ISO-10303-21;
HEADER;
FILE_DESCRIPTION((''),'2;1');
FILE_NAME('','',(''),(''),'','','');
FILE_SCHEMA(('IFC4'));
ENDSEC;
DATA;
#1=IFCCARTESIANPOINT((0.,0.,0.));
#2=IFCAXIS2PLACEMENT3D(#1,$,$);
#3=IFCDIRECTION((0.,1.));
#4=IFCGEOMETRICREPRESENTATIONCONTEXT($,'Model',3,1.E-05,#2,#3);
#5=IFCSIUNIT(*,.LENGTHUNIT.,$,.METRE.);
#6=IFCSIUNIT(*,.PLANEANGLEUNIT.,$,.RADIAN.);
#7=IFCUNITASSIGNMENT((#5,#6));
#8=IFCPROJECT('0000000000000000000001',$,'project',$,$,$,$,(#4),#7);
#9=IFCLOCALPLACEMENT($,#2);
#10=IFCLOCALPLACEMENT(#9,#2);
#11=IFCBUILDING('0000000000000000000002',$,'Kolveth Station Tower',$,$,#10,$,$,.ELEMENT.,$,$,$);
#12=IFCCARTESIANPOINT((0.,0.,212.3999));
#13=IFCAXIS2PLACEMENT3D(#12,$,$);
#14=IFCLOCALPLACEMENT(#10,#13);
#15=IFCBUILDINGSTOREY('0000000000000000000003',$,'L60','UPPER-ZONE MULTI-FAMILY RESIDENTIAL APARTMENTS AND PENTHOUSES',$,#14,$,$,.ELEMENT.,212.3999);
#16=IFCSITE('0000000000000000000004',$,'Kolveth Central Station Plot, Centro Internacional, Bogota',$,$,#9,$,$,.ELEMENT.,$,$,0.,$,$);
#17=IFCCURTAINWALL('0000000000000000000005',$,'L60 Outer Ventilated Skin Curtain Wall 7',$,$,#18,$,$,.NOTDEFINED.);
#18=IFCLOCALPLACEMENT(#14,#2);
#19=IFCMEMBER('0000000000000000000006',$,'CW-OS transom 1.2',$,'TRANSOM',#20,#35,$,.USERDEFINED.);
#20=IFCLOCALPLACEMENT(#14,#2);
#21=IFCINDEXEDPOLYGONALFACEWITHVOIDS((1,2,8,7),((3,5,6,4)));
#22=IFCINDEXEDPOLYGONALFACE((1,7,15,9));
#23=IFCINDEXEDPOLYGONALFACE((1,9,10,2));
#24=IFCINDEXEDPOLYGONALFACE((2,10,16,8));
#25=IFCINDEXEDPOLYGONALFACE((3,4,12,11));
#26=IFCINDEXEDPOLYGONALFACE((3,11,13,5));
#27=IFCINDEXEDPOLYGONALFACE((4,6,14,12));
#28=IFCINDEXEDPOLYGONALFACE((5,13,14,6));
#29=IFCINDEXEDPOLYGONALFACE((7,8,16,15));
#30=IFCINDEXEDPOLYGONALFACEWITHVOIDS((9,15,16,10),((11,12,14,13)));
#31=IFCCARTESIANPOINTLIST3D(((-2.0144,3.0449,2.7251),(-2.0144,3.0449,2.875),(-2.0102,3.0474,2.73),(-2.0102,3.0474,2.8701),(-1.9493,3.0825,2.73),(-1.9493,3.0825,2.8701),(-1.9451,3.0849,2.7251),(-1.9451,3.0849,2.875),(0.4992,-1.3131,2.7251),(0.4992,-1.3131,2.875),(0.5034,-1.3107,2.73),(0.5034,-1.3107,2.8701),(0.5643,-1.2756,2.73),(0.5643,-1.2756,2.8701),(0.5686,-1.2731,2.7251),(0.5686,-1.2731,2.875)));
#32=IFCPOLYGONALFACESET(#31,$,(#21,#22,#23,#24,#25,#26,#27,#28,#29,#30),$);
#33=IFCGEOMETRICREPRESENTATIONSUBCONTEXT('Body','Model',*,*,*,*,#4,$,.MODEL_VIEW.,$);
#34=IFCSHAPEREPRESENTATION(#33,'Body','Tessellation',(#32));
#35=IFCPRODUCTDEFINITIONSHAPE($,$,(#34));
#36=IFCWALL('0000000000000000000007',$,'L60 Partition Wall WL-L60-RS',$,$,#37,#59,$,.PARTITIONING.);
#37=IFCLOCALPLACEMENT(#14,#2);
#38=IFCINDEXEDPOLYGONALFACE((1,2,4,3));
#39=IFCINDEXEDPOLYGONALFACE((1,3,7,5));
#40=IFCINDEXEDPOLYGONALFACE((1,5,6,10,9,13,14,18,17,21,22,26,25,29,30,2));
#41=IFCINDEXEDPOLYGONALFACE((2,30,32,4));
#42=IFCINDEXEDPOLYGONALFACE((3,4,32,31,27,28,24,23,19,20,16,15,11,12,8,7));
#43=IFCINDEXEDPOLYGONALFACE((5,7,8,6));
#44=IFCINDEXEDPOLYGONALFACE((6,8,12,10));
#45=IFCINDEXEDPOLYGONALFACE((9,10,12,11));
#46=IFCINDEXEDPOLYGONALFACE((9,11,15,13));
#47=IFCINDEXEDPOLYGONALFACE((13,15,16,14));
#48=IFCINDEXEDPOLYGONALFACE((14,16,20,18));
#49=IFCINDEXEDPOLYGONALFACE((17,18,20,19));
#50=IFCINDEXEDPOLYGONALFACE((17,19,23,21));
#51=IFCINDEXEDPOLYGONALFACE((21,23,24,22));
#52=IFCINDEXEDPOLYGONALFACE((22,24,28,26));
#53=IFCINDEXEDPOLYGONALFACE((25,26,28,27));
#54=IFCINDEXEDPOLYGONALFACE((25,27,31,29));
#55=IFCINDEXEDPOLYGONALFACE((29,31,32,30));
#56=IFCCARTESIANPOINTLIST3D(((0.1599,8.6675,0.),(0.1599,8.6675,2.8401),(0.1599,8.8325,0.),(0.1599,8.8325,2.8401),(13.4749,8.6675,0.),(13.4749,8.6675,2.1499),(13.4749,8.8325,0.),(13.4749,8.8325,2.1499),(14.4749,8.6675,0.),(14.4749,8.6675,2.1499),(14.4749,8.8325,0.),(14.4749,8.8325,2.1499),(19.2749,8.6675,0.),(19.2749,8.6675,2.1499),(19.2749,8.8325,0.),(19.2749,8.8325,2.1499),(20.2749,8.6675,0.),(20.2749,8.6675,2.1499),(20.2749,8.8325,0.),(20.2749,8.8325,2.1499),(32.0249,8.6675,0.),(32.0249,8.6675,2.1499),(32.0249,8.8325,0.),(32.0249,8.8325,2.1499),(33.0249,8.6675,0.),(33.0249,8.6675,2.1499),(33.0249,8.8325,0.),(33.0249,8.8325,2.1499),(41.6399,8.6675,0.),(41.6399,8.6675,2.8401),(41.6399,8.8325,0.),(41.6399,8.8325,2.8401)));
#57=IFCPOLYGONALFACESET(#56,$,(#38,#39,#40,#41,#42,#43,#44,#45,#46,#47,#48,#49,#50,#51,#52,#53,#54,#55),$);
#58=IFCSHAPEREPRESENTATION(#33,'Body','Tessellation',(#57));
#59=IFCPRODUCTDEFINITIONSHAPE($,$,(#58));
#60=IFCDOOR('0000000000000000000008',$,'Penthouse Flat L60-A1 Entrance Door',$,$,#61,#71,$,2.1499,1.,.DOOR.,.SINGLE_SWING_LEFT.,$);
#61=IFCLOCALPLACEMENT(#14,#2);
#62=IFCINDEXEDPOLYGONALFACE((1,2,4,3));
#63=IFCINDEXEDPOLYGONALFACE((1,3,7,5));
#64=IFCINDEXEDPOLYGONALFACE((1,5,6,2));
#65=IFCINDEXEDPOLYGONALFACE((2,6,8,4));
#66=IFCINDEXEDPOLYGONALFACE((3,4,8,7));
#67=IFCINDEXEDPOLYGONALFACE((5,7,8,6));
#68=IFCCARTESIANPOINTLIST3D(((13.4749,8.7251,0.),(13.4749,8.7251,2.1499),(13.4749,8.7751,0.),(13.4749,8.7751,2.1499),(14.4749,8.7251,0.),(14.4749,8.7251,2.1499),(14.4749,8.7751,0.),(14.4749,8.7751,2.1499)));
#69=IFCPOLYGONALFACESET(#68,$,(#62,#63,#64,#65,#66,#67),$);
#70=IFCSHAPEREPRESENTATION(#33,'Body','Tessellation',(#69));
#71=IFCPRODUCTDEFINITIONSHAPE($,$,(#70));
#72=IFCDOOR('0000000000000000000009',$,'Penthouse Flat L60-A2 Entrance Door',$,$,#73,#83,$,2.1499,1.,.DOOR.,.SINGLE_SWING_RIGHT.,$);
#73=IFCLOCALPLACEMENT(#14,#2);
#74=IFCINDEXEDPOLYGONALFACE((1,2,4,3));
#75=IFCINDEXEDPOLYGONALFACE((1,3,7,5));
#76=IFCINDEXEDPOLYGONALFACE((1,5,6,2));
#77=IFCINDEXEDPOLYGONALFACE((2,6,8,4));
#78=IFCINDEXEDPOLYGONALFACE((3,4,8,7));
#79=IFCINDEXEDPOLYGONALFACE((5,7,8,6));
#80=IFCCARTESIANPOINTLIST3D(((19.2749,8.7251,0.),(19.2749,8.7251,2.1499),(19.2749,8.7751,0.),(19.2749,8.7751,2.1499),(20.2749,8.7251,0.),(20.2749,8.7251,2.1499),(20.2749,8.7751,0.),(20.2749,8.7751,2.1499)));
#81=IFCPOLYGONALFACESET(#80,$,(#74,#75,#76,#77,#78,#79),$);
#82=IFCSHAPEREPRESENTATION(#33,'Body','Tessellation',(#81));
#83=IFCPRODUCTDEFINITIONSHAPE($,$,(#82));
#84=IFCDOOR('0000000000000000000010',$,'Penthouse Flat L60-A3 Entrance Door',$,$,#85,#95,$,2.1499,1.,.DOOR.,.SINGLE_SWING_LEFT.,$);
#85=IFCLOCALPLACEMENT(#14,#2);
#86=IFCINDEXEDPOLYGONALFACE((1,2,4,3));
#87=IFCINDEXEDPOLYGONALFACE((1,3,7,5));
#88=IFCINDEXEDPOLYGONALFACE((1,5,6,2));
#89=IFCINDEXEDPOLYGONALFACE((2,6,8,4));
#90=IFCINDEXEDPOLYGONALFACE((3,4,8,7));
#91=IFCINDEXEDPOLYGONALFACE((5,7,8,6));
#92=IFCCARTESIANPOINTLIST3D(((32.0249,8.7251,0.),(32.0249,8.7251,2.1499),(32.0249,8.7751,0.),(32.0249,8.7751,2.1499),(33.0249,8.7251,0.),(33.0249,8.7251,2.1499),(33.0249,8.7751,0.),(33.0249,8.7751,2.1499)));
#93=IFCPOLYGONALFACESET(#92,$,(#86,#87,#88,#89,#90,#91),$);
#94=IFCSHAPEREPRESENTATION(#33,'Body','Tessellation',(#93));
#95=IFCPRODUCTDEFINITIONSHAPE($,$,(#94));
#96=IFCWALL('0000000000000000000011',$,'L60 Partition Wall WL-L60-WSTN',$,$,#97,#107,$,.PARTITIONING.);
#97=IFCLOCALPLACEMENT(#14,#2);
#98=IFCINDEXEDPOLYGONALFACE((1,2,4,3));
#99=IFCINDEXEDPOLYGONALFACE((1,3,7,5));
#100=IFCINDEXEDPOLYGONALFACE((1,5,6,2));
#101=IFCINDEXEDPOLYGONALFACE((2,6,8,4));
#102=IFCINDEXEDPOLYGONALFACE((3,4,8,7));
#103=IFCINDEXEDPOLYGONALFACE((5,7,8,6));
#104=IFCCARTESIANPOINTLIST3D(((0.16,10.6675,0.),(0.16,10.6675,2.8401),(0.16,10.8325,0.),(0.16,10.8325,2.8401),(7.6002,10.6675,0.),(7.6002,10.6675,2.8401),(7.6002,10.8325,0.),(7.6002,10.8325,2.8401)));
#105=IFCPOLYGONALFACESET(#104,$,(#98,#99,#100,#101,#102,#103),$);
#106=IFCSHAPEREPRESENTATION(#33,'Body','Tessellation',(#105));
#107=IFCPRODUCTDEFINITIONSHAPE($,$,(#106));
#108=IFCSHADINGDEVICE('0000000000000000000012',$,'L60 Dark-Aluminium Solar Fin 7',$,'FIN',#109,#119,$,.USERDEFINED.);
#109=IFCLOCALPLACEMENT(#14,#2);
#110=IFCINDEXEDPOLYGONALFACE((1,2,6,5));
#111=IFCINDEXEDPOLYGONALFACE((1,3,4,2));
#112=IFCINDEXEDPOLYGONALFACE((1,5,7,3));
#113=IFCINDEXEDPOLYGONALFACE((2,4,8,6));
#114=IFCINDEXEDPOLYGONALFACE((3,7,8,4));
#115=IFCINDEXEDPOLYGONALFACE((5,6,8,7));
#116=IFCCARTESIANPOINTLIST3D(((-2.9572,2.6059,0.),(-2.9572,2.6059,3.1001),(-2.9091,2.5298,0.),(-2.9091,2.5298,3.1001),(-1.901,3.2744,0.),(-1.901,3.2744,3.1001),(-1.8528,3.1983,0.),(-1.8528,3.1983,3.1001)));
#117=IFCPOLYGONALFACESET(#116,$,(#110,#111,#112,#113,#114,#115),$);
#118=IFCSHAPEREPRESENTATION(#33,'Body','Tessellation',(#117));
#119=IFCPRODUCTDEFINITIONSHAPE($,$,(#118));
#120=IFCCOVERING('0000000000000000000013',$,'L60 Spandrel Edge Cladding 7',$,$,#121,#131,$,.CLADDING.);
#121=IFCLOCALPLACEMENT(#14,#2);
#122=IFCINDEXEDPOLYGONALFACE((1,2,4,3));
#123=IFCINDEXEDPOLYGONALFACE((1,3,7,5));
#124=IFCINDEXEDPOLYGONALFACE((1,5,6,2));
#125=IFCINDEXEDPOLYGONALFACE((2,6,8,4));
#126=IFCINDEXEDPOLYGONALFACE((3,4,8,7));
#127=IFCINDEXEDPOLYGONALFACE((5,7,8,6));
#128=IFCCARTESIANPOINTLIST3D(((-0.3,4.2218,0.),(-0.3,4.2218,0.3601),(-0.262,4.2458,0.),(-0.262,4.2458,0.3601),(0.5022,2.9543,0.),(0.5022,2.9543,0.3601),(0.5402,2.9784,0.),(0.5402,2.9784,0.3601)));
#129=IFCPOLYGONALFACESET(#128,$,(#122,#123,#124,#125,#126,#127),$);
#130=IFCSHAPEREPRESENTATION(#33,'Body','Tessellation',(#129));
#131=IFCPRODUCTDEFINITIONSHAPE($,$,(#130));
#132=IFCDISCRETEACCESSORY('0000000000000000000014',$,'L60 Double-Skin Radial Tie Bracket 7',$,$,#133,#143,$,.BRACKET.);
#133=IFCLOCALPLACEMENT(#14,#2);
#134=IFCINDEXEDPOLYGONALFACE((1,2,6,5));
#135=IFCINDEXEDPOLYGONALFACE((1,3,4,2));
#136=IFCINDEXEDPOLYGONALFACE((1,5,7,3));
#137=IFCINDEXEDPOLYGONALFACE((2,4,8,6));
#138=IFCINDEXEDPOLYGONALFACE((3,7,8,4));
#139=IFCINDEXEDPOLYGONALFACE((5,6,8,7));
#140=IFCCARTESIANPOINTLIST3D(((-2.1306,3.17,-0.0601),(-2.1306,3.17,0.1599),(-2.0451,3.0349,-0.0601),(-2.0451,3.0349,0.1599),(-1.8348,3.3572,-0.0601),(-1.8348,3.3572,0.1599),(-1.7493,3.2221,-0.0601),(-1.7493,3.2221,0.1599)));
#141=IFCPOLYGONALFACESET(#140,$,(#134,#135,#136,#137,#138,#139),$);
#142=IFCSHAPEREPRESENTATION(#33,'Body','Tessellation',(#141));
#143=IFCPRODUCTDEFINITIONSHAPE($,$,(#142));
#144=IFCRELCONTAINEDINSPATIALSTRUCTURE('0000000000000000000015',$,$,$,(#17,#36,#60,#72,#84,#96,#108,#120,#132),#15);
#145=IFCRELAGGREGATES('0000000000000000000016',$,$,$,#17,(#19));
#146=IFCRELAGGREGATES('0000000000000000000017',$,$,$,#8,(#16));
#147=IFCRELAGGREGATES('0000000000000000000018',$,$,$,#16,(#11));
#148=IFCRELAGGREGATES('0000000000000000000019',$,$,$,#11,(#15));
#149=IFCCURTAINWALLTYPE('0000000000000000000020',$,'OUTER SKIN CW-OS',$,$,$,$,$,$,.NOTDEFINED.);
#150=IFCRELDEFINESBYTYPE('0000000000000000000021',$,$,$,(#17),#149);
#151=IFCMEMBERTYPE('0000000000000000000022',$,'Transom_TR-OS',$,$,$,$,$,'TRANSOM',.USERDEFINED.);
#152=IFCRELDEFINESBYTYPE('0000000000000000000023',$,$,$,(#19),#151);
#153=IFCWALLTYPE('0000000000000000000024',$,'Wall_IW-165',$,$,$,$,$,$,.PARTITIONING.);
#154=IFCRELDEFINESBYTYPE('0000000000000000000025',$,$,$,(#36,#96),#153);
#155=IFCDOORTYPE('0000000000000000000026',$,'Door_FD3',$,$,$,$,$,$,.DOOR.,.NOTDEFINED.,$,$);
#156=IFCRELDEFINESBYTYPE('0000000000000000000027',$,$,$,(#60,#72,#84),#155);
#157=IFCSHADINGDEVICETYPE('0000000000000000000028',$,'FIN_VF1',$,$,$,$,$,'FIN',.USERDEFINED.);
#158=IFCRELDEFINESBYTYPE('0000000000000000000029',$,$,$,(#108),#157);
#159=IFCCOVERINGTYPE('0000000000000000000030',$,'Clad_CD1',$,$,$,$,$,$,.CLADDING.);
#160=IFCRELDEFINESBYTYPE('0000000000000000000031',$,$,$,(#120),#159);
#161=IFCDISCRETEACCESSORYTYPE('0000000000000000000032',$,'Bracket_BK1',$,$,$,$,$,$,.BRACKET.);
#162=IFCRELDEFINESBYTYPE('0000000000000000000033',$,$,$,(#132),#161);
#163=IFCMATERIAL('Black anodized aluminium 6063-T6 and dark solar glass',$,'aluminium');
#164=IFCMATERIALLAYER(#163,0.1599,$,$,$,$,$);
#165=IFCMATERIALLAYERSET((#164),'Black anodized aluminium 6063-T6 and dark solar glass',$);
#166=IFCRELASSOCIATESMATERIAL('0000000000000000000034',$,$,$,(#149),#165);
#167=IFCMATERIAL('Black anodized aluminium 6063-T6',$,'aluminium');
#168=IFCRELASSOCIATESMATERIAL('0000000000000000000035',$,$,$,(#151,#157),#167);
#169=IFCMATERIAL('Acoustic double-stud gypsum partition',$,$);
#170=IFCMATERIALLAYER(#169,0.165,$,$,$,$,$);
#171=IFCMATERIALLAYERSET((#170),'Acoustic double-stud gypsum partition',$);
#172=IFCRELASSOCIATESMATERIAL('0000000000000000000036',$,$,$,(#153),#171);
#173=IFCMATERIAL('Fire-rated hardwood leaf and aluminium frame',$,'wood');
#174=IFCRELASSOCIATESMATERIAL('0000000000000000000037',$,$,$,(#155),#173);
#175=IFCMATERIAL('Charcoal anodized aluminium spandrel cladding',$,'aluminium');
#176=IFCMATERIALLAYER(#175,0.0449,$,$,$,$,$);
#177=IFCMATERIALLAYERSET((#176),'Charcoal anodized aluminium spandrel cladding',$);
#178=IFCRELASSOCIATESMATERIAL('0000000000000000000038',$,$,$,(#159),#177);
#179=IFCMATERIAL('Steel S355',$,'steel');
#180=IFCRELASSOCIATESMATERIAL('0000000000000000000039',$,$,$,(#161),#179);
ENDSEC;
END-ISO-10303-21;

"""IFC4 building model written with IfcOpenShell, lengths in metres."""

from ifc_helpers import new_model, si_unit, direction, frame, frame_2d, origin, origin_2d, place, context, subcontext, project, spatial, rectangle, hollow_rectangle, extrude, source, transform, mapped, material, layer, layer_set, material_profile, profile_set, type_object, element, fill, aggregate, save


model = new_model("IFC4")

# Units and contexts
model_context = context("Model", 3, precision=1e-05, world=origin(), true_north=direction((0.0, 1.0)))
body_context = subcontext(model_context, "Body", "Model", "MODEL_VIEW")
ifc_project = project(units=[si_unit("LENGTHUNIT", "METRE"), si_unit("PLANEANGLEUNIT", "RADIAN")], contexts=[model_context])

# Site, building, storey
site_placement = place(None, origin())
site = spatial("IfcSite", under=ifc_project, at=site_placement, Name="Kolveth Central Station Plot, Centro Internacional, Bogota", CompositionType="ELEMENT", RefElevation=0.0)
building_placement = place(site_placement, origin())
building = spatial("IfcBuilding", under=site, at=building_placement, Name="Kolveth Station Tower", CompositionType="ELEMENT")
storey_placement = place(building_placement, frame((0.0, 0.0, 212.3999)))
storey = spatial("IfcBuildingStorey", under=building, at=storey_placement, Name="L60", Description="UPPER-ZONE MULTI-FAMILY RESIDENTIAL APARTMENTS AND PENTHOUSES", CompositionType="ELEMENT", Elevation=212.3999)

# Shared definitions
ifc_material_1 = material(Name="Steel S355", Category="steel")

# Curtain wall
ifc_material_2 = material(Name="Black anodized aluminium 6063-T6", Category="aluminium")
ifc_material_3 = material(Name="Black anodized aluminium 6063-T6 and dark solar glass", Category="aluminium")
ifc_layer_1 = layer(ifc_material_3, 0.1599)
ifc_layer_set_1 = layer_set([ifc_layer_1], Name="Black anodized aluminium 6063-T6 and dark solar glass")
curtain_wall_type_1 = type_object("IfcCurtainWallType", Name="OUTER SKIN CW-OS", PredefinedType="NOTDEFINED", material=ifc_layer_set_1)
curtain_wall_1_placement = place(storey_placement, origin())
curtain_wall_1 = element("IfcCurtainWall", 1, at=curtain_wall_1_placement, inside=storey, type_object=curtain_wall_type_1, Name="L60 Outer Ventilated Skin Curtain Wall 7", PredefinedType="NOTDEFINED")

# Member
ifc_material_profile_1 = material_profile(ifc_material_2, hollow_rectangle(XDim=0.0801, YDim=0.1499, WallThickness=0.0049, at=origin_2d()), Name="ALU-80x150x5")
ifc_profile_set_1 = profile_set([ifc_material_profile_1], Name="Black anodized aluminium 6063-T6")
member_type_1 = type_object("IfcMemberType", Name="Transom_TR-OS", ElementType="TRANSOM", PredefinedType="USERDEFINED", material=ifc_profile_set_1)
shared_shape_1 = source(origin(), body_context, "Body", "SweptSolid", [
    extrude(hollow_rectangle(XDim=0.0801, YDim=0.1499, WallThickness=0.0049, at=origin_2d()), origin(), (0.0, 0.0, 1.0), 5.031),
])
member_1_placement = place(storey_placement, frame((-1.9797, 3.0649, 2.8), z_axis=(0.499626, -0.866241, 0.0), x_axis=(0.866241, 0.499626, 0.0)))
member_1 = element("IfcMember", 2, at=member_1_placement, type_object=member_type_1, Name="CW-OS transom 1.2", ObjectType="TRANSOM", PredefinedType="USERDEFINED", context=body_context, shape_type="MappedRepresentation", body=[
    mapped(shared_shape_1, transform((0.0, 0.0, 0.0), x_axis=(1.0, 0.0, 0.0), y_axis=(0.0, 1.0, 0.0), z_axis=(0.0, 0.0, 1.0), scale=1.0)),
])
aggregate(curtain_wall_1, [member_1])

# Wall, openings, doors
ifc_material_4 = material(Name="Acoustic double-stud gypsum partition")
ifc_layer_2 = layer(ifc_material_4, 0.165)
ifc_layer_set_2 = layer_set([ifc_layer_2], Name="Acoustic double-stud gypsum partition")
wall_type = type_object("IfcWallType", Name="Wall_IW-165", PredefinedType="PARTITIONING", material=ifc_layer_set_2)
wall_1_placement = place(storey_placement, frame((0.1599, 8.75, 0.0), z_axis=(0.0, 0.0, 1.0), x_axis=(1.0, 0.0, 0.0)))
wall_1 = element("IfcWall", 3, at=wall_1_placement, inside=storey, type_object=wall_type, Name="L60 Partition Wall WL-L60-RS", PredefinedType="PARTITIONING", context=body_context, shape_type="SweptSolid", body=[
    extrude(rectangle(XDim=41.48, YDim=0.165, at=frame_2d((20.74, 0.0))), origin(), (0.0, 0.0, 1.0), 2.8401),
])
opening_1_placement = place(wall_1_placement, frame((13.3149, 0.0, 0.0)))
opening_1 = element("IfcOpeningElement", 4, at=opening_1_placement, cuts=wall_1, PredefinedType="OPENING", context=body_context, shape_type="SweptSolid", body=[
    extrude(rectangle(XDim=1.0, YDim=2.1499, at=frame_2d((0.5, 1.075))), frame((0.0, 0.0925, 0.0), z_axis=(0.0, -1.0, 0.0), x_axis=(1.0, 0.0, 0.0)), (0.0, 0.0, 1.0), 0.1851),
])
opening_2_placement = place(wall_1_placement, frame((19.115, 0.0, 0.0)))
opening_2 = element("IfcOpeningElement", 5, at=opening_2_placement, cuts=wall_1, PredefinedType="OPENING", context=body_context, shape_type="SweptSolid", body=[
    extrude(rectangle(XDim=1.0, YDim=2.1499, at=frame_2d((0.5, 1.075))), frame((0.0, 0.0925, 0.0), z_axis=(0.0, -1.0, 0.0), x_axis=(1.0, 0.0, 0.0)), (0.0, 0.0, 1.0), 0.1851),
])
opening_3_placement = place(wall_1_placement, frame((31.865, 0.0, 0.0)))
opening_3 = element("IfcOpeningElement", 6, at=opening_3_placement, cuts=wall_1, PredefinedType="OPENING", context=body_context, shape_type="SweptSolid", body=[
    extrude(rectangle(XDim=1.0, YDim=2.1499, at=frame_2d((0.5, 1.075))), frame((0.0, 0.0925, 0.0), z_axis=(0.0, -1.0, 0.0), x_axis=(1.0, 0.0, 0.0)), (0.0, 0.0, 1.0), 0.1851),
])
ifc_material_5 = material(Name="Fire-rated hardwood leaf and aluminium frame", Category="wood")
door_type = type_object("IfcDoorType", Name="Door_FD3", OperationType="NOTDEFINED", PredefinedType="DOOR", material=ifc_material_5)
door_1_placement = place(opening_1_placement, frame((1.0, 0.0, 0.0), z_axis=(0.0, 0.0, 1.0), x_axis=(-1.0, 0.0, 0.0)))
door_1 = element("IfcDoor", 7, at=door_1_placement, inside=storey, type_object=door_type, Name="Penthouse Flat L60-A1 Entrance Door", OperationType="SINGLE_SWING_LEFT", OverallHeight=2.1499, OverallWidth=1.0, PredefinedType="DOOR", context=body_context, shape_type="SweptSolid", body=[
    extrude(rectangle(XDim=1.0, YDim=2.1499, at=frame_2d((0.5, 1.075))), frame((0.0, 0.0249, 0.0), z_axis=(0.0, -1.0, 0.0), x_axis=(1.0, 0.0, 0.0)), (0.0, 0.0, 1.0), 0.05),
])
fill(opening_1, door_1)
door_2_placement = place(opening_2_placement, frame((1.0, 0.0, 0.0), z_axis=(0.0, 0.0, 1.0), x_axis=(-1.0, 0.0, 0.0)))
door_2 = element("IfcDoor", 8, at=door_2_placement, inside=storey, type_object=door_type, Name="Penthouse Flat L60-A2 Entrance Door", OperationType="SINGLE_SWING_RIGHT", OverallHeight=2.1499, OverallWidth=1.0, PredefinedType="DOOR", context=body_context, shape_type="SweptSolid", body=[
    extrude(rectangle(XDim=1.0, YDim=2.1499, at=frame_2d((0.5, 1.075))), frame((0.0, 0.0249, 0.0), z_axis=(0.0, -1.0, 0.0), x_axis=(1.0, 0.0, 0.0)), (0.0, 0.0, 1.0), 0.05),
])
fill(opening_2, door_2)
door_3_placement = place(opening_3_placement, frame((1.0, 0.0, 0.0), z_axis=(0.0, 0.0, 1.0), x_axis=(-1.0, 0.0, 0.0)))
door_3 = element("IfcDoor", 9, at=door_3_placement, inside=storey, type_object=door_type, Name="Penthouse Flat L60-A3 Entrance Door", OperationType="SINGLE_SWING_LEFT", OverallHeight=2.1499, OverallWidth=1.0, PredefinedType="DOOR", context=body_context, shape_type="SweptSolid", body=[
    extrude(rectangle(XDim=1.0, YDim=2.1499, at=frame_2d((0.5, 1.075))), frame((0.0, 0.0249, 0.0), z_axis=(0.0, -1.0, 0.0), x_axis=(1.0, 0.0, 0.0)), (0.0, 0.0, 1.0), 0.05),
])
fill(opening_3, door_3)

# Wall
wall_2_placement = place(storey_placement, frame((0.1599, 10.75, 0.0), z_axis=(0.0, 0.0, 1.0), x_axis=(1.0, 0.0, 0.0)))
element("IfcWall", 10, at=wall_2_placement, inside=storey, type_object=wall_type, Name="L60 Partition Wall WL-L60-WSTN", PredefinedType="PARTITIONING", context=body_context, shape_type="SweptSolid", body=[
    extrude(rectangle(XDim=7.4402, YDim=0.165, at=frame_2d((3.7202, 0.0))), origin(), (0.0, 0.0, 1.0), 2.8401),
])

# Shading device
shading_device_type = type_object("IfcShadingDeviceType", Name="FIN_VF1", ElementType="FIN", PredefinedType="USERDEFINED", material=ifc_material_2)
shared_shape_2 = source(origin(), body_context, "Body", "SweptSolid", [
    extrude(rectangle(XDim=1.25, YDim=0.0901, at=origin_2d()), origin(), (0.0, 0.0, 1.0), 3.1001),
])
shading_device_placement = place(storey_placement, frame((-2.405, 2.9021, 0.0), z_axis=(0.0, 0.0, 1.0), x_axis=(-0.844982, -0.534795, 0.0)))
element("IfcShadingDevice", 11, at=shading_device_placement, inside=storey, type_object=shading_device_type, Name="L60 Dark-Aluminium Solar Fin 7", ObjectType="FIN", PredefinedType="USERDEFINED", context=body_context, shape_type="MappedRepresentation", body=[
    mapped(shared_shape_2, transform((0.0, 0.0, 0.0), x_axis=(1.0, 0.0, 0.0), y_axis=(0.0, 1.0, 0.0), z_axis=(0.0, 0.0, 1.0), scale=1.0)),
])

# Covering
ifc_material_6 = material(Name="Charcoal anodized aluminium spandrel cladding", Category="aluminium")
ifc_layer_3 = layer(ifc_material_6, 0.0449)
ifc_layer_set_3 = layer_set([ifc_layer_3], Name="Charcoal anodized aluminium spandrel cladding")
covering_type = type_object("IfcCoveringType", Name="Clad_CD1", PredefinedType="CLADDING", material=ifc_layer_set_3)
shared_shape_3 = source(origin(), body_context, "Body", "SweptSolid", [
    extrude(rectangle(XDim=1.5, YDim=0.0449, at=origin_2d()), origin(), (0.0, 0.0, 1.0), 0.3601),
])
covering_placement = place(storey_placement, frame((0.1201, 3.6001, 0.0), z_axis=(0.0, 0.0, 1.0), x_axis=(0.534795, -0.844982, 0.0)))
element("IfcCovering", 12, at=covering_placement, inside=storey, type_object=covering_type, Name="L60 Spandrel Edge Cladding 7", PredefinedType="CLADDING", context=body_context, shape_type="MappedRepresentation", body=[
    mapped(shared_shape_3, transform((0.0, 0.0, 0.0), x_axis=(1.0, 0.0, 0.0), y_axis=(0.0, 1.0, 0.0), z_axis=(0.0, 0.0, 1.0), scale=1.0)),
])

# Discrete accessory
discrete_accessory_type = type_object("IfcDiscreteAccessoryType", Name="Bracket_BK1", PredefinedType="BRACKET", material=ifc_material_1)
shared_shape_4 = source(origin(), body_context, "Body", "SweptSolid", [
    extrude(rectangle(XDim=0.3501, YDim=0.1599, at=origin_2d()), origin(), (0.0, 0.0, 1.0), 0.22),
])
discrete_accessory_placement = place(storey_placement, frame((-1.9399, 3.196, -0.0601), z_axis=(0.0, 0.0, 1.0), x_axis=(-0.844982, -0.534795, 0.0)))
element("IfcDiscreteAccessory", 13, at=discrete_accessory_placement, inside=storey, type_object=discrete_accessory_type, Name="L60 Double-Skin Radial Tie Bracket 7", PredefinedType="BRACKET", context=body_context, shape_type="MappedRepresentation", body=[
    mapped(shared_shape_4, transform((0.0, 0.0, 0.0), x_axis=(1.0, 0.0, 0.0), y_axis=(0.0, 1.0, 0.0), z_axis=(0.0, 0.0, 1.0), scale=1.0)),
])

save(model, "model.ifc")
